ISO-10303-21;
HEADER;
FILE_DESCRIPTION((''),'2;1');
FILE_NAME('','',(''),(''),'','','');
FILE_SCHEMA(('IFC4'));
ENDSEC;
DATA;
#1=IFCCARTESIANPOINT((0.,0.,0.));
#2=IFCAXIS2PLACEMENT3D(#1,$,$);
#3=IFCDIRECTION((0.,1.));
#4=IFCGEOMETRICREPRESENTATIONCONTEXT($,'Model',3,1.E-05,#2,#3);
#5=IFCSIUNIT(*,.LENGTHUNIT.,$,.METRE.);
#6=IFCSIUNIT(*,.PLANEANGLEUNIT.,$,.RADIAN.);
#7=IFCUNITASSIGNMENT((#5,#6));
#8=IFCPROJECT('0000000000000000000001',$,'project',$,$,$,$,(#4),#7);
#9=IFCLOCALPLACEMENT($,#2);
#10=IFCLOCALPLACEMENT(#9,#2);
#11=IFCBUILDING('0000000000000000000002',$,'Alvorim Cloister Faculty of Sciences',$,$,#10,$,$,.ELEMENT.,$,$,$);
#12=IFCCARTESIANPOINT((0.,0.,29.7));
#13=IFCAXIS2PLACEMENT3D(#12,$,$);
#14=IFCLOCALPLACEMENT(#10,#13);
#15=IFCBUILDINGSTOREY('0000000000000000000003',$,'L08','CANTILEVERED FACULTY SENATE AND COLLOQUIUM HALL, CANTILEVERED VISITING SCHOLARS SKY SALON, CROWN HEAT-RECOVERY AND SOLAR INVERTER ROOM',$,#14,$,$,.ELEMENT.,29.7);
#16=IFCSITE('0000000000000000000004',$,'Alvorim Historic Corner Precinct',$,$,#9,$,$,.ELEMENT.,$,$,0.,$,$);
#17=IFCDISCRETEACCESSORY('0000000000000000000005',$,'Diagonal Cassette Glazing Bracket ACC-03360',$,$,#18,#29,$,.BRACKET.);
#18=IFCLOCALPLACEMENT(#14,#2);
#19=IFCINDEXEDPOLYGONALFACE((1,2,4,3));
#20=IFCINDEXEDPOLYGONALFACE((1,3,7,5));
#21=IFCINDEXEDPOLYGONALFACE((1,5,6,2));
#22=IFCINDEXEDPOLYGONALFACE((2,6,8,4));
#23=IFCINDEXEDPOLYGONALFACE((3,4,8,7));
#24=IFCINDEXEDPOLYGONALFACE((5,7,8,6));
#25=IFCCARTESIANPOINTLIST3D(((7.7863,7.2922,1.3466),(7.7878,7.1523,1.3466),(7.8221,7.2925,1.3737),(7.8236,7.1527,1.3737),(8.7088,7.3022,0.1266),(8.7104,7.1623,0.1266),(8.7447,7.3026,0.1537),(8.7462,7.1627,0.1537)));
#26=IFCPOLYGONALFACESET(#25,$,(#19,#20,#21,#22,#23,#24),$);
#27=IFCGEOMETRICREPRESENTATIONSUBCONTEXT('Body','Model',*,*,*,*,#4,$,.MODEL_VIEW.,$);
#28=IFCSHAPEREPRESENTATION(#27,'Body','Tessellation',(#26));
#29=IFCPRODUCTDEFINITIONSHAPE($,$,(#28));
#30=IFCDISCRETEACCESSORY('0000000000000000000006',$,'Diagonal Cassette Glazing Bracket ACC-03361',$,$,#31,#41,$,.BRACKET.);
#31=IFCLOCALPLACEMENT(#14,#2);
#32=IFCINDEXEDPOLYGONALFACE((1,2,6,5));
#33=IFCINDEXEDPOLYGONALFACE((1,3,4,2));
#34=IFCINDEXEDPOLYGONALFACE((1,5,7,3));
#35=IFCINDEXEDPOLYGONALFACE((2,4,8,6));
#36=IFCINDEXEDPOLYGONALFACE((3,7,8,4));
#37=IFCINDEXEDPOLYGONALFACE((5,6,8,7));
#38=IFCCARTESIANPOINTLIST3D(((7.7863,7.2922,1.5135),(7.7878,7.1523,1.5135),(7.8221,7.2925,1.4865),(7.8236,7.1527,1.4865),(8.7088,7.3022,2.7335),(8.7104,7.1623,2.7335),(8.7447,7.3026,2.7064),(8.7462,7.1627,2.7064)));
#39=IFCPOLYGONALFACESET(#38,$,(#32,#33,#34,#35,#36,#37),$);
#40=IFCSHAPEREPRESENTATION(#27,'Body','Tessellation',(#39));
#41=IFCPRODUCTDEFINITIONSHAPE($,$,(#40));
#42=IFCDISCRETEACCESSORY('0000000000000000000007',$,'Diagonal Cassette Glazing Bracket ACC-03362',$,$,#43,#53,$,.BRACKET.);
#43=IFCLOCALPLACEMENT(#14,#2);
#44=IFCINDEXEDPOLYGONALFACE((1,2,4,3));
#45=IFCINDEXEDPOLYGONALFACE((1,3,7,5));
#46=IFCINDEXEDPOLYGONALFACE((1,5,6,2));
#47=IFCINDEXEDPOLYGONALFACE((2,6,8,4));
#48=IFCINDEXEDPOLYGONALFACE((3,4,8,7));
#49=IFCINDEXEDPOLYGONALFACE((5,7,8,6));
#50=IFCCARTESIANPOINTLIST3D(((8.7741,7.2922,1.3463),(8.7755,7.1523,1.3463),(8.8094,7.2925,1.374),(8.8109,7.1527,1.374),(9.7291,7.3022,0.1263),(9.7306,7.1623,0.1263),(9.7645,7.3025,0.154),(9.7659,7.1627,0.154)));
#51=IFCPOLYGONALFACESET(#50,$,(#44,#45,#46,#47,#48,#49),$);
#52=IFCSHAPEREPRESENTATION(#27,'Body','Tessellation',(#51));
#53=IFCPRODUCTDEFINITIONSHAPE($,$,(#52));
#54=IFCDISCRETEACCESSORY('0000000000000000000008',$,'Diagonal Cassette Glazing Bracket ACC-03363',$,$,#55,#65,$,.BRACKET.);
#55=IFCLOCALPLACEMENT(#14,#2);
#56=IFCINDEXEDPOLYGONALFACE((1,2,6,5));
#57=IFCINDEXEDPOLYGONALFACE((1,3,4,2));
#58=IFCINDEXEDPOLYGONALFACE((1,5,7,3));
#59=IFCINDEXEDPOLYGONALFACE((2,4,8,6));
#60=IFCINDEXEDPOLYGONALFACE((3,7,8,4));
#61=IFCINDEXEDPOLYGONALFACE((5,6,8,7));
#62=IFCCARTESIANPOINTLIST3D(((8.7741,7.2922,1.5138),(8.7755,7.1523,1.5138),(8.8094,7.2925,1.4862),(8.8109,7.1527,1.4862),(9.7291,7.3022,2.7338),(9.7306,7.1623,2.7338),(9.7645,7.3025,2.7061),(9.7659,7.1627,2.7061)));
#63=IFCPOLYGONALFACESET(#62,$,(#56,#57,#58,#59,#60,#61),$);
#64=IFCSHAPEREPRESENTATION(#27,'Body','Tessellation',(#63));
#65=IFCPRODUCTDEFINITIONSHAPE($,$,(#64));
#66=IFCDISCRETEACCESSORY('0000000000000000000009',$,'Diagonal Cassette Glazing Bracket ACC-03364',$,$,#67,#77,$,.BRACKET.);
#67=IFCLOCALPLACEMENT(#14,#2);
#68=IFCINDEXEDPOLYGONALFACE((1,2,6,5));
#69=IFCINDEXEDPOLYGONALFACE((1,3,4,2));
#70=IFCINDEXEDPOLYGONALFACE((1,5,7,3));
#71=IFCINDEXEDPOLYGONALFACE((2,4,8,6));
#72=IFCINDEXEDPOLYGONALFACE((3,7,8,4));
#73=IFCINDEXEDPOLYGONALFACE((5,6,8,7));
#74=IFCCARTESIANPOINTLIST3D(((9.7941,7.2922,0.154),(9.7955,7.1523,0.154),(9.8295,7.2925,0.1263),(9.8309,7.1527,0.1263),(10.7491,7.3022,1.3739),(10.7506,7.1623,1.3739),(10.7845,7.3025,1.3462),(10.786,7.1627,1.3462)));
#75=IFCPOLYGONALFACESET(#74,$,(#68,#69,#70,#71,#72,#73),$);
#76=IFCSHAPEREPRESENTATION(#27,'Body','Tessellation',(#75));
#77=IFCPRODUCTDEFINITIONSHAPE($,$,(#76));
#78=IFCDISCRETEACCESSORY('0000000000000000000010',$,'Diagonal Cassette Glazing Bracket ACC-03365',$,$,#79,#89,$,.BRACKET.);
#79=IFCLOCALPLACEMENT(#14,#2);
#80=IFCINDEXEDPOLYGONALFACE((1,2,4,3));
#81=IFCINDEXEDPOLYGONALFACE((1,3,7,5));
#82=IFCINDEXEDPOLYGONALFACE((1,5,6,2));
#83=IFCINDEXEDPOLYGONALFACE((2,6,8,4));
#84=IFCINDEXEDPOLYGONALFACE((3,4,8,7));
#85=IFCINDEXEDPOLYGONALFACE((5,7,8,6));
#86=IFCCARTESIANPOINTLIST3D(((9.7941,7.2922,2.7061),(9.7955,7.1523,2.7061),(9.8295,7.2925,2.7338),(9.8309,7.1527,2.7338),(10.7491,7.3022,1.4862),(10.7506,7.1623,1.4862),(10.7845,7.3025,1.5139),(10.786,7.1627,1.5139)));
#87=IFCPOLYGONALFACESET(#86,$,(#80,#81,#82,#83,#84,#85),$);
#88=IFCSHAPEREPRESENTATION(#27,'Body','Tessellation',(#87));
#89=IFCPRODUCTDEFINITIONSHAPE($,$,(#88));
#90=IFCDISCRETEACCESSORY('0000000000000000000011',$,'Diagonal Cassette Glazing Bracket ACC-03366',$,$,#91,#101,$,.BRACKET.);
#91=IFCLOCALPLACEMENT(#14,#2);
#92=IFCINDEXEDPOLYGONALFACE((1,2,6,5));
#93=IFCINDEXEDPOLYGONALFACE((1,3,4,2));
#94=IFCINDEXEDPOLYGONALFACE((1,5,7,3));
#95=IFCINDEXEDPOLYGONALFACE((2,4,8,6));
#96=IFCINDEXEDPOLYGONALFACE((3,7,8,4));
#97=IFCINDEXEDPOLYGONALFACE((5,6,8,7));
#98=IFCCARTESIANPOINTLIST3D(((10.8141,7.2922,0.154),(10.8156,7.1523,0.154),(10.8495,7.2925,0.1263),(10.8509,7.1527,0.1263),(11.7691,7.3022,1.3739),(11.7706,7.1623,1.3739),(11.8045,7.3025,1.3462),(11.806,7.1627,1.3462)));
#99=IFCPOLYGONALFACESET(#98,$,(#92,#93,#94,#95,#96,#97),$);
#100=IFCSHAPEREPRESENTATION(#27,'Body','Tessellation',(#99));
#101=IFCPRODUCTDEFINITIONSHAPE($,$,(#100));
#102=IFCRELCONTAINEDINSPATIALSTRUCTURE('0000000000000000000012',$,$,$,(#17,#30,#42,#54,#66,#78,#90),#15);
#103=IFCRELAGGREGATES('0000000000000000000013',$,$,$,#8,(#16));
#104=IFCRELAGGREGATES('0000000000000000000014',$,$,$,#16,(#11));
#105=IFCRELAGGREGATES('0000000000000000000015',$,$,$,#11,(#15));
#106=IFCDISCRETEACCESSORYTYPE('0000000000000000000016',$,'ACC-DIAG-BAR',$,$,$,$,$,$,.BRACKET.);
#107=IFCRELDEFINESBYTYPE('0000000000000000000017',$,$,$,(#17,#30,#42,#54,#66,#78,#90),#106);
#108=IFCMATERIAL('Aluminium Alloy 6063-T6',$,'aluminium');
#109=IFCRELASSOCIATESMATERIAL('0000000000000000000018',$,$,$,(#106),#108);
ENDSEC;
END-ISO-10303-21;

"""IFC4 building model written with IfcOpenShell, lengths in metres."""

from ifc_helpers import new_model, si_unit, direction, frame, origin, origin_2d, place, context, subcontext, project, spatial, rectangle, extrude, material, type_object, element, save


model = new_model("IFC4")

# Units and contexts
model_context = context("Model", 3, precision=1e-05, world=origin(), true_north=direction((0.0, 1.0)))
body_context = subcontext(model_context, "Body", "Model", "MODEL_VIEW")
ifc_project = project(units=[si_unit("LENGTHUNIT", "METRE"), si_unit("PLANEANGLEUNIT", "RADIAN")], contexts=[model_context])

# Site, building, storey
site_placement = place(None, origin())
site = spatial("IfcSite", under=ifc_project, at=site_placement, Name="Alvorim Historic Corner Precinct", CompositionType="ELEMENT", RefElevation=0.0)
building_placement = place(site_placement, origin())
building = spatial("IfcBuilding", under=site, at=building_placement, Name="Alvorim Cloister Faculty of Sciences", CompositionType="ELEMENT")
storey_placement = place(building_placement, frame((0.0, 0.0, 29.7)))
storey = spatial("IfcBuildingStorey", under=building, at=storey_placement, Name="L08", Description="CANTILEVERED FACULTY SENATE AND COLLOQUIUM HALL, CANTILEVERED VISITING SCHOLARS SKY SALON, CROWN HEAT-RECOVERY AND SOLAR INVERTER ROOM", CompositionType="ELEMENT", Elevation=29.7)

# Shared definitions
ifc_material_1 = material(Name="Aluminium Alloy 6063-T6", Category="aluminium")

# Discrete accessories
discrete_accessory_type = type_object("IfcDiscreteAccessoryType", Name="ACC-DIAG-BAR", PredefinedType="BRACKET", material=ifc_material_1)
for number, where, z_axis, x_axis, name in (
    (1, (7.8049, 7.2224, 1.3601), (0.603175, 0.006544, -0.797582), (-0.010849, 0.999941, 0.0), "Diagonal Cassette Glazing Bracket ACC-03360"),
    (2, (7.8049, 7.2224, 1.5), (0.603175, 0.006544, 0.797582), (-0.010849, 0.999941, 0.0), "Diagonal Cassette Glazing Bracket ACC-03361"),
):
    element("IfcDiscreteAccessory", number, at=place(storey_placement, frame(where, z_axis=z_axis, x_axis=x_axis)), inside=storey, type_object=discrete_accessory_type, Name=name, PredefinedType="BRACKET", context=body_context, shape_type="SweptSolid", body=[
        extrude(rectangle(XDim=0.1399, YDim=0.0449, at=origin_2d()), origin(), (0.0, 0.0, 1.0), 1.5295),
    ])
for number, where, z_axis, x_axis, name in (
    (3, (8.7925, 7.2224, 1.3601), (0.616423, 0.00646, -0.787389), (-0.01048, 0.999945, 0.0), "Diagonal Cassette Glazing Bracket ACC-03362"),
    (4, (8.7925, 7.2224, 1.5), (0.616423, 0.00646, 0.787389), (-0.01048, 0.999945, 0.0), "Diagonal Cassette Glazing Bracket ACC-03363"),
    (5, (9.8125, 7.2224, 0.1401), (0.616423, 0.00646, 0.787389), (-0.01048, 0.999945, 0.0), "Diagonal Cassette Glazing Bracket ACC-03364"),
    (6, (9.8125, 7.2224, 2.72), (0.616423, 0.00646, -0.787389), (-0.01048, 0.999945, 0.0), "Diagonal Cassette Glazing Bracket ACC-03365"),
    (7, (10.8325, 7.2224, 0.1401), (0.616423, 0.00646, 0.787389), (-0.01048, 0.999945, 0.0), "Diagonal Cassette Glazing Bracket ACC-03366"),
):
    element("IfcDiscreteAccessory", number, at=place(storey_placement, frame(where, z_axis=z_axis, x_axis=x_axis)), inside=storey, type_object=discrete_accessory_type, Name=name, PredefinedType="BRACKET", context=body_context, shape_type="SweptSolid", body=[
        extrude(rectangle(XDim=0.1399, YDim=0.0449, at=origin_2d()), origin(), (0.0, 0.0, 1.0), 1.5493),
    ])

save(model, "model.ifc")
